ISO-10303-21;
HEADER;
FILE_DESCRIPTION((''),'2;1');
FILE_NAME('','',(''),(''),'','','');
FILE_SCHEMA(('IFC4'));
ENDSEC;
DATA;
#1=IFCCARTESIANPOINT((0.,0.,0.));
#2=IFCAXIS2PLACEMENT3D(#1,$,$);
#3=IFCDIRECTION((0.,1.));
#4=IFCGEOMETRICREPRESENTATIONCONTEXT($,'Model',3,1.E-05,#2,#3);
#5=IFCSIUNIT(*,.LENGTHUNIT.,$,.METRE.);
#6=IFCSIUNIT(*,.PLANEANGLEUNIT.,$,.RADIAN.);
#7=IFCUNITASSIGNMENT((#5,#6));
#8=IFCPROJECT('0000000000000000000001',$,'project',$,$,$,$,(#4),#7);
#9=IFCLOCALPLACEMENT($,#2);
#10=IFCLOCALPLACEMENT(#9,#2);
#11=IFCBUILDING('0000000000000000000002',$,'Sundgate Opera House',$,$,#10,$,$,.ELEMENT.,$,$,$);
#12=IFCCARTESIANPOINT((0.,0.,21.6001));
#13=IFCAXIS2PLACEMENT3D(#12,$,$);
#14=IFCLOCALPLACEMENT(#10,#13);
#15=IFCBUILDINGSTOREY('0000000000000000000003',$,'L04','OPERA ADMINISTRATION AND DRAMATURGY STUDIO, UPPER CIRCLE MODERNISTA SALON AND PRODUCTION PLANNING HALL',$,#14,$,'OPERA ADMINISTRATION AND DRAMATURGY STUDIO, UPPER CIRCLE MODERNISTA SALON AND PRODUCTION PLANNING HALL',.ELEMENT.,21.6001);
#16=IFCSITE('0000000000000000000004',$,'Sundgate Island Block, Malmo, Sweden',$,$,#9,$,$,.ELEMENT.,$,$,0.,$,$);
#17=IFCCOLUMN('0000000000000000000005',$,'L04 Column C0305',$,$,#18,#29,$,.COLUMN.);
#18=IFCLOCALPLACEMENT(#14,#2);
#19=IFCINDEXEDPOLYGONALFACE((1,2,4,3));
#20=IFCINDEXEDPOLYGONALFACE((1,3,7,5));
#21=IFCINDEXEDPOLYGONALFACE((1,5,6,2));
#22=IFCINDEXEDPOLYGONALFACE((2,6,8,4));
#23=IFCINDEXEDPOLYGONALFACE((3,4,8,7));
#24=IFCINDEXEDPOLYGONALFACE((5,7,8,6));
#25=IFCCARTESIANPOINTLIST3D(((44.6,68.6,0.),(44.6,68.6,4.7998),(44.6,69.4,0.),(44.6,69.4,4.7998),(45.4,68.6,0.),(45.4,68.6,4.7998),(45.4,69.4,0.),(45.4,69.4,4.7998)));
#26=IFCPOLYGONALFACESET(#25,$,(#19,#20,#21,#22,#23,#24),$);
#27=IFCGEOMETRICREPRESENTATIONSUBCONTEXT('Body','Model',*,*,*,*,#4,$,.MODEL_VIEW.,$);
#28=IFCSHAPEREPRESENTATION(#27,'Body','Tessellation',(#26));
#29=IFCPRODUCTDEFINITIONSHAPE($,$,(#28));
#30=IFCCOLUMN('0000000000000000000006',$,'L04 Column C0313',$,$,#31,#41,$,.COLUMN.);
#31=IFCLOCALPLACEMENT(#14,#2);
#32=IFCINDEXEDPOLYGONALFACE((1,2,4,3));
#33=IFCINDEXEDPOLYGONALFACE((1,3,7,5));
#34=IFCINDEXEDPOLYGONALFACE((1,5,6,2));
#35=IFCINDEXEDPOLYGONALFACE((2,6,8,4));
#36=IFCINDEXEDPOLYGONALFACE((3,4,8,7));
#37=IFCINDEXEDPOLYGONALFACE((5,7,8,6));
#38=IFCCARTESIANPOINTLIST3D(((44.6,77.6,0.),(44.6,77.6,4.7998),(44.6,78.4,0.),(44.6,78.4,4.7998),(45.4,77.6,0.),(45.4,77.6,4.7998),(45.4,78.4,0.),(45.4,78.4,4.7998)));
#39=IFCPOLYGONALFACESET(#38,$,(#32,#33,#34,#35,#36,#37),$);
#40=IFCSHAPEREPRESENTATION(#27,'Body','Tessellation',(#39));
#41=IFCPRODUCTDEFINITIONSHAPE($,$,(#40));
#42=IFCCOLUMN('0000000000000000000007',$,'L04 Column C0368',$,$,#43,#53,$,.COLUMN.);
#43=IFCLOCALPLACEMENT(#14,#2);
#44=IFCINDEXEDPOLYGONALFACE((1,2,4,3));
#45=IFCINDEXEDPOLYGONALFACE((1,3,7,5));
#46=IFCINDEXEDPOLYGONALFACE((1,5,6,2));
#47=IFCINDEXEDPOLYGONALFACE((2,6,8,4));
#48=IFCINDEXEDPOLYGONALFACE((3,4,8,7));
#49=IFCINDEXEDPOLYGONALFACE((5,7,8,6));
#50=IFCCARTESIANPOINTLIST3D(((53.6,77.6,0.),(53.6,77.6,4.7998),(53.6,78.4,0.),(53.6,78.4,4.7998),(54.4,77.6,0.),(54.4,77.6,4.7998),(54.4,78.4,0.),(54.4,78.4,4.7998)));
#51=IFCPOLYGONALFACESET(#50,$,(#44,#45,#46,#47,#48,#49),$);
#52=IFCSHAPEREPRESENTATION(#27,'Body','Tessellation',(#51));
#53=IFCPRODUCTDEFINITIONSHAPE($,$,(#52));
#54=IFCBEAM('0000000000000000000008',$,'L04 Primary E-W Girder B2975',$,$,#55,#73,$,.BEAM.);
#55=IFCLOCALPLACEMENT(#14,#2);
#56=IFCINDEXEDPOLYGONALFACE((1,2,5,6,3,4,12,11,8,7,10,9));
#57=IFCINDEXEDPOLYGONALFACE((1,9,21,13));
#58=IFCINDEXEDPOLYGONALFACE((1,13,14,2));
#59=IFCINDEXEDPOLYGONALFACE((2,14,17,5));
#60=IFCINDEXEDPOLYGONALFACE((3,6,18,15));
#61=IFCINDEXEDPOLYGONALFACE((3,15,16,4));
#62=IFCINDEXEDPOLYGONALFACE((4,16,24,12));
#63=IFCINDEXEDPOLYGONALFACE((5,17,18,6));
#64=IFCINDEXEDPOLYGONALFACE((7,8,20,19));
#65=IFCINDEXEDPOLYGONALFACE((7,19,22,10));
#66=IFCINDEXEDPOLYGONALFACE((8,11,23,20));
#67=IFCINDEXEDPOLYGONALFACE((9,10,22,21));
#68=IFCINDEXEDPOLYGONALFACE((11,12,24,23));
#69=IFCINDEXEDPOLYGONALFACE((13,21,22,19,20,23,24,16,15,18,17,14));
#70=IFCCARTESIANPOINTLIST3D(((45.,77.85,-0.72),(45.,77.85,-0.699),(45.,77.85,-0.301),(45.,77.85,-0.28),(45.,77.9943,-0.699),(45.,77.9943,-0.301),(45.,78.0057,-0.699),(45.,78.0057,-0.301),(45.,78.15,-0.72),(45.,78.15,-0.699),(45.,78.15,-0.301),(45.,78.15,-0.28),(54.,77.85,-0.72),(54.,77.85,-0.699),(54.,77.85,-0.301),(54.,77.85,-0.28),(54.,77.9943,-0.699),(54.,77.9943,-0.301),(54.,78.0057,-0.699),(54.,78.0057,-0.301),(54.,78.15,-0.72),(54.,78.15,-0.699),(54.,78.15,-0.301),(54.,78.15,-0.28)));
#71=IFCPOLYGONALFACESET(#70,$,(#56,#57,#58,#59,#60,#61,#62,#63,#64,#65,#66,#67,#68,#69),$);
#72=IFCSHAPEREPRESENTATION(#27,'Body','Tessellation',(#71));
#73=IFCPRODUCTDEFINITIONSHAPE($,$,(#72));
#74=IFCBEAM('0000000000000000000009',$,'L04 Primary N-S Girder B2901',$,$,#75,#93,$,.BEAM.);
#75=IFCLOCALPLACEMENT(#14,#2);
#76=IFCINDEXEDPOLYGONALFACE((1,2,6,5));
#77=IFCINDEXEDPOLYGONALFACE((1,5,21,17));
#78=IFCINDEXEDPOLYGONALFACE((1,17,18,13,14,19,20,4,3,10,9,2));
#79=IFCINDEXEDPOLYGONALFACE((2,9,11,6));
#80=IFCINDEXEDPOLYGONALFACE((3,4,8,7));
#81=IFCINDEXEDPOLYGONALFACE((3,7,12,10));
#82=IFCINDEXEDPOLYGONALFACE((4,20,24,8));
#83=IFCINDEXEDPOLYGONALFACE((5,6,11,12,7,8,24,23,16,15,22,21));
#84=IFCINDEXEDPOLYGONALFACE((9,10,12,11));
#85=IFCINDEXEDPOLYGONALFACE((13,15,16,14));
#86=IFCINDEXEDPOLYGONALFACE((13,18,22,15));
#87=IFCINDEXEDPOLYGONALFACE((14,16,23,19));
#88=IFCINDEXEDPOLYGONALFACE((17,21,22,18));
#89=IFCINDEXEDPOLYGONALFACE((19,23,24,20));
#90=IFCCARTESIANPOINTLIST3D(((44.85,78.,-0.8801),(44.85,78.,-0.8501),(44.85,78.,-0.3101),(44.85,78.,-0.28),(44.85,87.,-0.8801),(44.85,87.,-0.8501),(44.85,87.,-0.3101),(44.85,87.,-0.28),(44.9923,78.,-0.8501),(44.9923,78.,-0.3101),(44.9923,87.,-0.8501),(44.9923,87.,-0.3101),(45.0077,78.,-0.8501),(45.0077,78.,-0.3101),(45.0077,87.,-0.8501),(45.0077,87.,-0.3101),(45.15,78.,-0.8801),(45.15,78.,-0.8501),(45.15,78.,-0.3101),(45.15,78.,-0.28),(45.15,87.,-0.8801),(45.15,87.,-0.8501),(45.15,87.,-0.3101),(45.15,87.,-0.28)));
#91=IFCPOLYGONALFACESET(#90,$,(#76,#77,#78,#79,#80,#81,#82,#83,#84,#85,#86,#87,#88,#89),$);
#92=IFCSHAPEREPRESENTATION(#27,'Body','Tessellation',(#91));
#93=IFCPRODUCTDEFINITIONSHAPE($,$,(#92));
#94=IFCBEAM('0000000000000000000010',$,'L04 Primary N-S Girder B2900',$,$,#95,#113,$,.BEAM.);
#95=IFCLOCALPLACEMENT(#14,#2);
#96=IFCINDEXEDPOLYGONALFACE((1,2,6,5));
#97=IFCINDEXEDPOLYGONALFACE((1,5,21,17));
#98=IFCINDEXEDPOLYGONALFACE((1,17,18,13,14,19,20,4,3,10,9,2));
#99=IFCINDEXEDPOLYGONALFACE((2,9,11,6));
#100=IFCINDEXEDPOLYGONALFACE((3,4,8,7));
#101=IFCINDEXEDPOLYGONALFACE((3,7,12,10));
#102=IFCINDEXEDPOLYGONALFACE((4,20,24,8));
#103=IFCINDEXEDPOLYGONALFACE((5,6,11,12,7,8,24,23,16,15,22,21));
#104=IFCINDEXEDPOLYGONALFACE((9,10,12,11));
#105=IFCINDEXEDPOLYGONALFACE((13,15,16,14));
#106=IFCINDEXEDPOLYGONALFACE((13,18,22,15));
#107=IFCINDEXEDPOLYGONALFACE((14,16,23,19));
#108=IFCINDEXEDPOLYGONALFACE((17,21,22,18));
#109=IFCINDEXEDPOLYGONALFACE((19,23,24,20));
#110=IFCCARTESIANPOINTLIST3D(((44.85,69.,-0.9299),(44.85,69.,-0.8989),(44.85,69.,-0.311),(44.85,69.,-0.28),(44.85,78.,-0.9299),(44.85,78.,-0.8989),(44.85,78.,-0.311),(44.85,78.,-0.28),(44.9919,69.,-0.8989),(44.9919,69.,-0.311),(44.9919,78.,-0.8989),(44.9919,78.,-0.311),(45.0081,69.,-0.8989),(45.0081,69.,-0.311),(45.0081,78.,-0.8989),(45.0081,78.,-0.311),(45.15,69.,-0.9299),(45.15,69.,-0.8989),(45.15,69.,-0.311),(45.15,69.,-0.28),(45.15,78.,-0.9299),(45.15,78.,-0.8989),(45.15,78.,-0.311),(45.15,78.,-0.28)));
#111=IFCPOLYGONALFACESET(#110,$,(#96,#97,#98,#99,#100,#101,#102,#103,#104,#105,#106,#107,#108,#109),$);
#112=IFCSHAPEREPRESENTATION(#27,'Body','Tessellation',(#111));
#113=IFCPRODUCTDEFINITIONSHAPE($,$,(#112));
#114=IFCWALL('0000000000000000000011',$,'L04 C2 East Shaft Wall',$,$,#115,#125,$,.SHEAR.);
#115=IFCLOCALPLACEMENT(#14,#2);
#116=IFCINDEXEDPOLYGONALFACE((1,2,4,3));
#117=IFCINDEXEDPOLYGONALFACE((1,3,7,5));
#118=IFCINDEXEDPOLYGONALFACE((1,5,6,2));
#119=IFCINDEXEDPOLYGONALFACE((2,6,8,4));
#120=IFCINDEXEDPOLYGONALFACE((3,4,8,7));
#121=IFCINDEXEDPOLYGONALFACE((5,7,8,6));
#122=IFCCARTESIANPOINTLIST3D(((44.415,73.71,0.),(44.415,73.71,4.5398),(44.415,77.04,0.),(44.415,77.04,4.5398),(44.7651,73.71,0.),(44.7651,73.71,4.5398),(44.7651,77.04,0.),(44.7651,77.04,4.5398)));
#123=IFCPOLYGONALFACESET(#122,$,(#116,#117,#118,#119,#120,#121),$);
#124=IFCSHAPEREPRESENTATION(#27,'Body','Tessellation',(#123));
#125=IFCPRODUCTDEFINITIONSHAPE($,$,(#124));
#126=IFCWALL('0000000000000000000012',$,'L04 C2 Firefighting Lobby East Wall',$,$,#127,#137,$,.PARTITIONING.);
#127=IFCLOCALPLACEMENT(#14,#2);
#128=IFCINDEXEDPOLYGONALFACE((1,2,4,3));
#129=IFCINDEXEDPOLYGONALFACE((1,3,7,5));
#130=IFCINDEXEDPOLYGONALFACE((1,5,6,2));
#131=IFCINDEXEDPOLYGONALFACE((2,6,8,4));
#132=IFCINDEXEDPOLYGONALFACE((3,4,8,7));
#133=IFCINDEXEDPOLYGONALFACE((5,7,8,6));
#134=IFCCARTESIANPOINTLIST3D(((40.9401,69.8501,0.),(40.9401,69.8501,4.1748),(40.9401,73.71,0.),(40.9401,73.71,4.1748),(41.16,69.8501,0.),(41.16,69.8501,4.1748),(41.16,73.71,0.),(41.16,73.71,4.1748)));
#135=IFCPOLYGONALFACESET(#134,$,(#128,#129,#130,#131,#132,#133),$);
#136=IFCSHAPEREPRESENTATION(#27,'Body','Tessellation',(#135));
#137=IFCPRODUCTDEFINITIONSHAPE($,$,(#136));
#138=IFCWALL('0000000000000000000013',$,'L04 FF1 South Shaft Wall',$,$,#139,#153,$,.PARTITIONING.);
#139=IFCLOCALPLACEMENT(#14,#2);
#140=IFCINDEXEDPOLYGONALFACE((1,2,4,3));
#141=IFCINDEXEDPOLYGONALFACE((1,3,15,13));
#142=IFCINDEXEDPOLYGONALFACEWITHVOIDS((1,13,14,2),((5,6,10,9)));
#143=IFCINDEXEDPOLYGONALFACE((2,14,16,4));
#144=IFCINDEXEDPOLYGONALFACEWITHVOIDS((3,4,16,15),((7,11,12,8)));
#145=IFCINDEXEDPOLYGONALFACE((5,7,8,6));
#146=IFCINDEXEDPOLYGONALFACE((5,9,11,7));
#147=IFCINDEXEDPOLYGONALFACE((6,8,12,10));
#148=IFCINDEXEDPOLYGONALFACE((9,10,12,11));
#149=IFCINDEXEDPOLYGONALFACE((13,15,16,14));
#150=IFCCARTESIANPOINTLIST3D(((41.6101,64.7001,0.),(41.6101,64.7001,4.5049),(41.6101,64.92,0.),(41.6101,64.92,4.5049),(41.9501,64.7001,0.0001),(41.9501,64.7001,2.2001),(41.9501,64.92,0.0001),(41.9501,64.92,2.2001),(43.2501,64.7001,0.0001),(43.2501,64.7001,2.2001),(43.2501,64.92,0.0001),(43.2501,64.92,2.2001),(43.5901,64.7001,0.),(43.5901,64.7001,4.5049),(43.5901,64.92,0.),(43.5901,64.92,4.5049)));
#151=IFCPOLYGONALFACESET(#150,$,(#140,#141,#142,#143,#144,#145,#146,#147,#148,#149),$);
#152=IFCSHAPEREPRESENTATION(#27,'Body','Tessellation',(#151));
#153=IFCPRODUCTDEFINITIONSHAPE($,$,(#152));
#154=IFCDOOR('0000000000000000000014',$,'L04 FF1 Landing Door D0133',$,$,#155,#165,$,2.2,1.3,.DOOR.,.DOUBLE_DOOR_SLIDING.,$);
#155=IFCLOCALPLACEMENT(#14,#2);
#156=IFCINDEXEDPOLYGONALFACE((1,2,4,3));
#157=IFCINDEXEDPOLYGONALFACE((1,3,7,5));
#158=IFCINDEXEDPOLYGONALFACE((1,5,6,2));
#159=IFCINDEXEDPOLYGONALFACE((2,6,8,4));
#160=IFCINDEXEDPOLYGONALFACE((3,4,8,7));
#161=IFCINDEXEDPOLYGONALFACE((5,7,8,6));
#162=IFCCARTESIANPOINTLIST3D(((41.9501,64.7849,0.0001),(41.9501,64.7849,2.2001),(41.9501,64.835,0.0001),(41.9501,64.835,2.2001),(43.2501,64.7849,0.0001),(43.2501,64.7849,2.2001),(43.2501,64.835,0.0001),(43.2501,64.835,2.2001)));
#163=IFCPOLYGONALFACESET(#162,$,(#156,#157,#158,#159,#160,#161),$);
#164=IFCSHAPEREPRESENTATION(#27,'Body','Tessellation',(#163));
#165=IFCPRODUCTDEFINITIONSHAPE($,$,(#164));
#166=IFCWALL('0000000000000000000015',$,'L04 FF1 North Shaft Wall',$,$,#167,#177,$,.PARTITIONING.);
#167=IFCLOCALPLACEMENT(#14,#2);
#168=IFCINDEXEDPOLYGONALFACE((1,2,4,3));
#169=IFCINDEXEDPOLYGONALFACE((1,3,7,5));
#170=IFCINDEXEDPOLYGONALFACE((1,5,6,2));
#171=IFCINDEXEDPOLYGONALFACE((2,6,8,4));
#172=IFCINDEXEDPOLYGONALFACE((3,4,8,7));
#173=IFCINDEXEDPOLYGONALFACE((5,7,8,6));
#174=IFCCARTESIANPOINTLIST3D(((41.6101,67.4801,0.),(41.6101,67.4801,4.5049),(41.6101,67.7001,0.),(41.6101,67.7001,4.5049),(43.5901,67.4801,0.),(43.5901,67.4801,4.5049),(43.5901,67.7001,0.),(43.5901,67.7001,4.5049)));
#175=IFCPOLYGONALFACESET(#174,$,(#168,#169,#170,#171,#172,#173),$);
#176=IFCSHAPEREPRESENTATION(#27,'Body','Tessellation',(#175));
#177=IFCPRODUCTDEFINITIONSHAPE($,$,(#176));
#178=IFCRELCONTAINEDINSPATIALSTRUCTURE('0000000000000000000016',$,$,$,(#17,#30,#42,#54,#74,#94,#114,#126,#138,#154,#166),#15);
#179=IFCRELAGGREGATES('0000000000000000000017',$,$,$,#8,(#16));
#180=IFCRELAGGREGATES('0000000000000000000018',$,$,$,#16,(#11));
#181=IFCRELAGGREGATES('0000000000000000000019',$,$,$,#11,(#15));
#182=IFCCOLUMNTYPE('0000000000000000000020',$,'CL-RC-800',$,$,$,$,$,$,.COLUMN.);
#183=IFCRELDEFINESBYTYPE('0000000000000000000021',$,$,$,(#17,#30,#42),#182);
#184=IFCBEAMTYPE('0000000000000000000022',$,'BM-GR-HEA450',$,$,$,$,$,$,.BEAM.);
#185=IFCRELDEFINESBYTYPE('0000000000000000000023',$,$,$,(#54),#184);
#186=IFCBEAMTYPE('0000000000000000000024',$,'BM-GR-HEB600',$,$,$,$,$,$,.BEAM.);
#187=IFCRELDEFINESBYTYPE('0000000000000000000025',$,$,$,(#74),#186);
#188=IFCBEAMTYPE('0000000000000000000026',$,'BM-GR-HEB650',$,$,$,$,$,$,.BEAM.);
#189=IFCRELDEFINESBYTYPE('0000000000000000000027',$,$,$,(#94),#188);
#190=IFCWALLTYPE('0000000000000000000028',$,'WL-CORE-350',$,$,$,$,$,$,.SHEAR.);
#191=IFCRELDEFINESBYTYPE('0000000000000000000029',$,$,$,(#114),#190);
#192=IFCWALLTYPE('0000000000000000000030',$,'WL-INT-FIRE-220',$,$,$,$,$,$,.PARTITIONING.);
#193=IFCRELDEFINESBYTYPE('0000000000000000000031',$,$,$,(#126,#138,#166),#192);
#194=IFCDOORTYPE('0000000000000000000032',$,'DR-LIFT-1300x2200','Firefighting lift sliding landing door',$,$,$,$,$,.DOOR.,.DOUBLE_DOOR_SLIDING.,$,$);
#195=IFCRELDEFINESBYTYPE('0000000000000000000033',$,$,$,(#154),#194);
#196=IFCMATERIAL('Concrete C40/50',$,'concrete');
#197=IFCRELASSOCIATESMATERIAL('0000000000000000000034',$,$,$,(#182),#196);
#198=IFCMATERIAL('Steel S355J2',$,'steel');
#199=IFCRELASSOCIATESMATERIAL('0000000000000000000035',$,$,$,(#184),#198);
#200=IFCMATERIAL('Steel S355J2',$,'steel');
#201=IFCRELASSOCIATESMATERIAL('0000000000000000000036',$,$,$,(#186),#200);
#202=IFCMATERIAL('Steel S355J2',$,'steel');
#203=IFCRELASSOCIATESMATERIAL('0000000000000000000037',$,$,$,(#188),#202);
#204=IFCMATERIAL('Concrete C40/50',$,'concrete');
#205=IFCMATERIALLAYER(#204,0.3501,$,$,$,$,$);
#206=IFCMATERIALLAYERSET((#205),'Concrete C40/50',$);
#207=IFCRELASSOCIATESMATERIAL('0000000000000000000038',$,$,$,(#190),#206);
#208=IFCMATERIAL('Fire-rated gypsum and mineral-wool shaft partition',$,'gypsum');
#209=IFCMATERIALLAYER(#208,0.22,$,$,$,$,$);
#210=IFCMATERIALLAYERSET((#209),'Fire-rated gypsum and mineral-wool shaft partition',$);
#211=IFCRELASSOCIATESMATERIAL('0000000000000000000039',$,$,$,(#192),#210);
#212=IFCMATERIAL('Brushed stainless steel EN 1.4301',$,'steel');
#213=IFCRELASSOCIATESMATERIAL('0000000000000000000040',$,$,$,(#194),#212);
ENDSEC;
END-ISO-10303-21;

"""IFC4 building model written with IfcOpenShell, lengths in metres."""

from ifc_helpers import new_model, si_unit, direction, frame, frame_2d, origin, origin_2d, place, context, subcontext, project, spatial, rectangle, i_section, extrude, material, layer, layer_set, material_profile, profile_set, type_object, element, fill, save


model = new_model("IFC4")

# Units and contexts
model_context = context("Model", 3, precision=1e-05, world=origin(), true_north=direction((0.0, 1.0)))
body_context = subcontext(model_context, "Body", "Model", "MODEL_VIEW")
ifc_project = project(units=[si_unit("LENGTHUNIT", "METRE"), si_unit("PLANEANGLEUNIT", "RADIAN")], contexts=[model_context])

# Site, building, storey
site_placement = place(None, origin())
site = spatial("IfcSite", under=ifc_project, at=site_placement, Name="Sundgate Island Block, Malmo, Sweden", CompositionType="ELEMENT", RefElevation=0.0)
building_placement = place(site_placement, origin())
building = spatial("IfcBuilding", under=site, at=building_placement, Name="Sundgate Opera House", CompositionType="ELEMENT")
storey_placement = place(building_placement, frame((0.0, 0.0, 21.6001)))
storey = spatial("IfcBuildingStorey", under=building, at=storey_placement, Name="L04", Description="OPERA ADMINISTRATION AND DRAMATURGY STUDIO, UPPER CIRCLE MODERNISTA SALON AND PRODUCTION PLANNING HALL", LongName="OPERA ADMINISTRATION AND DRAMATURGY STUDIO, UPPER CIRCLE MODERNISTA SALON AND PRODUCTION PLANNING HALL", CompositionType="ELEMENT", Elevation=21.6001)

# Columns
ifc_material_1 = material(Name="Concrete C40/50", Category="concrete")
ifc_material_profile_1 = material_profile(ifc_material_1, rectangle(XDim=0.8, YDim=0.8, at=origin_2d()), Name="RC 800x800")
ifc_profile_set_1 = profile_set([ifc_material_profile_1], Name="Concrete C40/50")
column_type = type_object("IfcColumnType", Name="CL-RC-800", PredefinedType="COLUMN", material=ifc_profile_set_1)
for number, where, z_axis, x_axis, name in (
    (1, (45.0, 69.0, 0.0), (0.0, 0.0, 1.0), (1.0, 0.0, 0.0), "L04 Column C0305"),
    (2, (45.0, 78.0, 0.0), (0.0, 0.0, 1.0), (1.0, 0.0, 0.0), "L04 Column C0313"),
    (3, (54.0, 78.0, 0.0), (0.0, 0.0, 1.0), (1.0, 0.0, 0.0), "L04 Column C0368"),
):
    element("IfcColumn", number, at=place(storey_placement, frame(where, z_axis=z_axis, x_axis=x_axis)), inside=storey, type_object=column_type, Name=name, PredefinedType="COLUMN", context=body_context, shape_type="SweptSolid", body=[
        extrude(rectangle(XDim=0.8, YDim=0.8, at=origin_2d()), origin(), (0.0, 0.0, 1.0), 4.7998),
    ])

# Beams
ifc_material_2 = material(Name="Steel S355J2", Category="steel")
ifc_material_profile_2 = material_profile(ifc_material_2, i_section(OverallWidth=0.3, OverallDepth=0.4399, WebThickness=0.0115, FlangeThickness=0.021, at=origin_2d()), Name="HEA 450")
ifc_profile_set_2 = profile_set([ifc_material_profile_2], Name="Steel S355J2")
beam_type_1 = type_object("IfcBeamType", Name="BM-GR-HEA450", PredefinedType="BEAM", material=ifc_profile_set_2)
beam_1_placement = place(storey_placement, frame((45.0, 78.0, -0.5), z_axis=(1.0, 0.0, 0.0), x_axis=(0.0, 1.0, 0.0)))
element("IfcBeam", 4, at=beam_1_placement, inside=storey, type_object=beam_type_1, Name="L04 Primary E-W Girder B2975", PredefinedType="BEAM", context=body_context, shape_type="SweptSolid", body=[
    extrude(i_section(OverallWidth=0.3, OverallDepth=0.4399, WebThickness=0.0115, FlangeThickness=0.021, at=origin_2d()), origin(), (0.0, 0.0, 1.0), 9.0),
])
ifc_material_3 = material(Name="Steel S355J2", Category="steel")
ifc_material_profile_3 = material_profile(ifc_material_3, i_section(OverallWidth=0.3, OverallDepth=0.6001, WebThickness=0.0154, FlangeThickness=0.03, at=origin_2d()), Name="HEB 600")
ifc_profile_set_3 = profile_set([ifc_material_profile_3], Name="Steel S355J2")
beam_type_2 = type_object("IfcBeamType", Name="BM-GR-HEB600", PredefinedType="BEAM", material=ifc_profile_set_3)
beam_2_placement = place(storey_placement, frame((45.0, 78.0, -0.5801), z_axis=(0.0, 1.0, 0.0), x_axis=(-1.0, 0.0, 0.0)))
element("IfcBeam", 5, at=beam_2_placement, inside=storey, type_object=beam_type_2, Name="L04 Primary N-S Girder B2901", PredefinedType="BEAM", context=body_context, shape_type="SweptSolid", body=[
    extrude(i_section(OverallWidth=0.3, OverallDepth=0.6001, WebThickness=0.0154, FlangeThickness=0.03, at=origin_2d()), origin(), (0.0, 0.0, 1.0), 9.0),
])
ifc_material_4 = material(Name="Steel S355J2", Category="steel")
ifc_material_profile_4 = material_profile(ifc_material_4, i_section(OverallWidth=0.3, OverallDepth=0.6499, WebThickness=0.0161, FlangeThickness=0.031, at=origin_2d()), Name="HEB 650")
ifc_profile_set_4 = profile_set([ifc_material_profile_4], Name="Steel S355J2")
beam_type_3 = type_object("IfcBeamType", Name="BM-GR-HEB650", PredefinedType="BEAM", material=ifc_profile_set_4)
beam_3_placement = place(storey_placement, frame((45.0, 69.0, -0.605), z_axis=(0.0, 1.0, 0.0), x_axis=(-1.0, 0.0, 0.0)))
element("IfcBeam", 6, at=beam_3_placement, inside=storey, type_object=beam_type_3, Name="L04 Primary N-S Girder B2900", PredefinedType="BEAM", context=body_context, shape_type="SweptSolid", body=[
    extrude(i_section(OverallWidth=0.3, OverallDepth=0.6499, WebThickness=0.0161, FlangeThickness=0.031, at=origin_2d()), origin(), (0.0, 0.0, 1.0), 9.0),
])

# Walls
ifc_material_5 = material(Name="Concrete C40/50", Category="concrete")
ifc_layer_1 = layer(ifc_material_5, 0.3501)
ifc_layer_set_1 = layer_set([ifc_layer_1], Name="Concrete C40/50")
wall_type_1 = type_object("IfcWallType", Name="WL-CORE-350", PredefinedType="SHEAR", material=ifc_layer_set_1)
wall_1_placement = place(storey_placement, frame((44.5901, 73.71, 0.0), z_axis=(0.0, 0.0, 1.0), x_axis=(0.0, 1.0, 0.0)))
element("IfcWall", 7, at=wall_1_placement, inside=storey, type_object=wall_type_1, Name="L04 C2 East Shaft Wall", PredefinedType="SHEAR", context=body_context, shape_type="SweptSolid", body=[
    extrude(rectangle(XDim=3.3301, YDim=0.3501, at=frame_2d((1.665, 0.0))), origin(), (0.0, 0.0, 1.0), 4.5398),
])
ifc_material_6 = material(Name="Fire-rated gypsum and mineral-wool shaft partition", Category="gypsum")
ifc_layer_2 = layer(ifc_material_6, 0.22)
ifc_layer_set_2 = layer_set([ifc_layer_2], Name="Fire-rated gypsum and mineral-wool shaft partition")
wall_type_2 = type_object("IfcWallType", Name="WL-INT-FIRE-220", PredefinedType="PARTITIONING", material=ifc_layer_set_2)
wall_2_placement = place(storey_placement, frame((41.05, 69.8501, 0.0), z_axis=(0.0, 0.0, 1.0), x_axis=(0.0, 1.0, 0.0)))
element("IfcWall", 8, at=wall_2_placement, inside=storey, type_object=wall_type_2, Name="L04 C2 Firefighting Lobby East Wall", PredefinedType="PARTITIONING", context=body_context, shape_type="SweptSolid", body=[
    extrude(rectangle(XDim=3.8599, YDim=0.22, at=frame_2d((1.9299, 0.0))), origin(), (0.0, 0.0, 1.0), 4.1748),
])

# Wall, opening, door
wall_3_placement = place(storey_placement, frame((41.6101, 64.8101, 0.0), z_axis=(0.0, 0.0, 1.0), x_axis=(1.0, 0.0, 0.0)))
wall_3 = element("IfcWall", 9, at=wall_3_placement, inside=storey, type_object=wall_type_2, Name="L04 FF1 South Shaft Wall", PredefinedType="PARTITIONING", context=body_context, shape_type="SweptSolid", body=[
    extrude(rectangle(XDim=1.98, YDim=0.22, at=frame_2d((0.99, 0.0))), origin(), (0.0, 0.0, 1.0), 4.5049),
])
opening_placement = place(wall_3_placement, frame((0.3401, 0.0, 0.0)))
opening = element("IfcOpeningElement", 10, at=opening_placement, cuts=wall_3, PredefinedType="OPENING", context=body_context, shape_type="SweptSolid", body=[
    extrude(rectangle(XDim=1.3, YDim=2.2, at=frame_2d((0.6499, 1.1001))), frame((0.0, 0.1199, 0.0), z_axis=(0.0, -1.0, 0.0), x_axis=(1.0, 0.0, 0.0)), (0.0, 0.0, 1.0), 0.24),
])
ifc_material_7 = material(Name="Brushed stainless steel EN 1.4301", Category="steel")
door_type = type_object("IfcDoorType", Name="DR-LIFT-1300x2200", Description="Firefighting lift sliding landing door", OperationType="DOUBLE_DOOR_SLIDING", PredefinedType="DOOR", material=ifc_material_7)
door_placement = place(opening_placement, origin())
door = element("IfcDoor", 11, at=door_placement, inside=storey, type_object=door_type, Name="L04 FF1 Landing Door D0133", OperationType="DOUBLE_DOOR_SLIDING", OverallHeight=2.2, OverallWidth=1.3, PredefinedType="DOOR", context=body_context, shape_type="SweptSolid", body=[
    extrude(rectangle(XDim=1.3, YDim=2.2, at=frame_2d((0.6499, 1.1001))), frame((0.0, 0.0249, 0.0), z_axis=(0.0, -1.0, 0.0), x_axis=(1.0, 0.0, 0.0)), (0.0, 0.0, 1.0), 0.05),
])
fill(opening, door)

# Wall
wall_4_placement = place(storey_placement, frame((41.6101, 67.5901, 0.0), z_axis=(0.0, 0.0, 1.0), x_axis=(1.0, 0.0, 0.0)))
element("IfcWall", 12, at=wall_4_placement, inside=storey, type_object=wall_type_2, Name="L04 FF1 North Shaft Wall", PredefinedType="PARTITIONING", context=body_context, shape_type="SweptSolid", body=[
    extrude(rectangle(XDim=1.98, YDim=0.22, at=frame_2d((0.99, 0.0))), origin(), (0.0, 0.0, 1.0), 4.5049),
])

save(model, "model.ifc")
